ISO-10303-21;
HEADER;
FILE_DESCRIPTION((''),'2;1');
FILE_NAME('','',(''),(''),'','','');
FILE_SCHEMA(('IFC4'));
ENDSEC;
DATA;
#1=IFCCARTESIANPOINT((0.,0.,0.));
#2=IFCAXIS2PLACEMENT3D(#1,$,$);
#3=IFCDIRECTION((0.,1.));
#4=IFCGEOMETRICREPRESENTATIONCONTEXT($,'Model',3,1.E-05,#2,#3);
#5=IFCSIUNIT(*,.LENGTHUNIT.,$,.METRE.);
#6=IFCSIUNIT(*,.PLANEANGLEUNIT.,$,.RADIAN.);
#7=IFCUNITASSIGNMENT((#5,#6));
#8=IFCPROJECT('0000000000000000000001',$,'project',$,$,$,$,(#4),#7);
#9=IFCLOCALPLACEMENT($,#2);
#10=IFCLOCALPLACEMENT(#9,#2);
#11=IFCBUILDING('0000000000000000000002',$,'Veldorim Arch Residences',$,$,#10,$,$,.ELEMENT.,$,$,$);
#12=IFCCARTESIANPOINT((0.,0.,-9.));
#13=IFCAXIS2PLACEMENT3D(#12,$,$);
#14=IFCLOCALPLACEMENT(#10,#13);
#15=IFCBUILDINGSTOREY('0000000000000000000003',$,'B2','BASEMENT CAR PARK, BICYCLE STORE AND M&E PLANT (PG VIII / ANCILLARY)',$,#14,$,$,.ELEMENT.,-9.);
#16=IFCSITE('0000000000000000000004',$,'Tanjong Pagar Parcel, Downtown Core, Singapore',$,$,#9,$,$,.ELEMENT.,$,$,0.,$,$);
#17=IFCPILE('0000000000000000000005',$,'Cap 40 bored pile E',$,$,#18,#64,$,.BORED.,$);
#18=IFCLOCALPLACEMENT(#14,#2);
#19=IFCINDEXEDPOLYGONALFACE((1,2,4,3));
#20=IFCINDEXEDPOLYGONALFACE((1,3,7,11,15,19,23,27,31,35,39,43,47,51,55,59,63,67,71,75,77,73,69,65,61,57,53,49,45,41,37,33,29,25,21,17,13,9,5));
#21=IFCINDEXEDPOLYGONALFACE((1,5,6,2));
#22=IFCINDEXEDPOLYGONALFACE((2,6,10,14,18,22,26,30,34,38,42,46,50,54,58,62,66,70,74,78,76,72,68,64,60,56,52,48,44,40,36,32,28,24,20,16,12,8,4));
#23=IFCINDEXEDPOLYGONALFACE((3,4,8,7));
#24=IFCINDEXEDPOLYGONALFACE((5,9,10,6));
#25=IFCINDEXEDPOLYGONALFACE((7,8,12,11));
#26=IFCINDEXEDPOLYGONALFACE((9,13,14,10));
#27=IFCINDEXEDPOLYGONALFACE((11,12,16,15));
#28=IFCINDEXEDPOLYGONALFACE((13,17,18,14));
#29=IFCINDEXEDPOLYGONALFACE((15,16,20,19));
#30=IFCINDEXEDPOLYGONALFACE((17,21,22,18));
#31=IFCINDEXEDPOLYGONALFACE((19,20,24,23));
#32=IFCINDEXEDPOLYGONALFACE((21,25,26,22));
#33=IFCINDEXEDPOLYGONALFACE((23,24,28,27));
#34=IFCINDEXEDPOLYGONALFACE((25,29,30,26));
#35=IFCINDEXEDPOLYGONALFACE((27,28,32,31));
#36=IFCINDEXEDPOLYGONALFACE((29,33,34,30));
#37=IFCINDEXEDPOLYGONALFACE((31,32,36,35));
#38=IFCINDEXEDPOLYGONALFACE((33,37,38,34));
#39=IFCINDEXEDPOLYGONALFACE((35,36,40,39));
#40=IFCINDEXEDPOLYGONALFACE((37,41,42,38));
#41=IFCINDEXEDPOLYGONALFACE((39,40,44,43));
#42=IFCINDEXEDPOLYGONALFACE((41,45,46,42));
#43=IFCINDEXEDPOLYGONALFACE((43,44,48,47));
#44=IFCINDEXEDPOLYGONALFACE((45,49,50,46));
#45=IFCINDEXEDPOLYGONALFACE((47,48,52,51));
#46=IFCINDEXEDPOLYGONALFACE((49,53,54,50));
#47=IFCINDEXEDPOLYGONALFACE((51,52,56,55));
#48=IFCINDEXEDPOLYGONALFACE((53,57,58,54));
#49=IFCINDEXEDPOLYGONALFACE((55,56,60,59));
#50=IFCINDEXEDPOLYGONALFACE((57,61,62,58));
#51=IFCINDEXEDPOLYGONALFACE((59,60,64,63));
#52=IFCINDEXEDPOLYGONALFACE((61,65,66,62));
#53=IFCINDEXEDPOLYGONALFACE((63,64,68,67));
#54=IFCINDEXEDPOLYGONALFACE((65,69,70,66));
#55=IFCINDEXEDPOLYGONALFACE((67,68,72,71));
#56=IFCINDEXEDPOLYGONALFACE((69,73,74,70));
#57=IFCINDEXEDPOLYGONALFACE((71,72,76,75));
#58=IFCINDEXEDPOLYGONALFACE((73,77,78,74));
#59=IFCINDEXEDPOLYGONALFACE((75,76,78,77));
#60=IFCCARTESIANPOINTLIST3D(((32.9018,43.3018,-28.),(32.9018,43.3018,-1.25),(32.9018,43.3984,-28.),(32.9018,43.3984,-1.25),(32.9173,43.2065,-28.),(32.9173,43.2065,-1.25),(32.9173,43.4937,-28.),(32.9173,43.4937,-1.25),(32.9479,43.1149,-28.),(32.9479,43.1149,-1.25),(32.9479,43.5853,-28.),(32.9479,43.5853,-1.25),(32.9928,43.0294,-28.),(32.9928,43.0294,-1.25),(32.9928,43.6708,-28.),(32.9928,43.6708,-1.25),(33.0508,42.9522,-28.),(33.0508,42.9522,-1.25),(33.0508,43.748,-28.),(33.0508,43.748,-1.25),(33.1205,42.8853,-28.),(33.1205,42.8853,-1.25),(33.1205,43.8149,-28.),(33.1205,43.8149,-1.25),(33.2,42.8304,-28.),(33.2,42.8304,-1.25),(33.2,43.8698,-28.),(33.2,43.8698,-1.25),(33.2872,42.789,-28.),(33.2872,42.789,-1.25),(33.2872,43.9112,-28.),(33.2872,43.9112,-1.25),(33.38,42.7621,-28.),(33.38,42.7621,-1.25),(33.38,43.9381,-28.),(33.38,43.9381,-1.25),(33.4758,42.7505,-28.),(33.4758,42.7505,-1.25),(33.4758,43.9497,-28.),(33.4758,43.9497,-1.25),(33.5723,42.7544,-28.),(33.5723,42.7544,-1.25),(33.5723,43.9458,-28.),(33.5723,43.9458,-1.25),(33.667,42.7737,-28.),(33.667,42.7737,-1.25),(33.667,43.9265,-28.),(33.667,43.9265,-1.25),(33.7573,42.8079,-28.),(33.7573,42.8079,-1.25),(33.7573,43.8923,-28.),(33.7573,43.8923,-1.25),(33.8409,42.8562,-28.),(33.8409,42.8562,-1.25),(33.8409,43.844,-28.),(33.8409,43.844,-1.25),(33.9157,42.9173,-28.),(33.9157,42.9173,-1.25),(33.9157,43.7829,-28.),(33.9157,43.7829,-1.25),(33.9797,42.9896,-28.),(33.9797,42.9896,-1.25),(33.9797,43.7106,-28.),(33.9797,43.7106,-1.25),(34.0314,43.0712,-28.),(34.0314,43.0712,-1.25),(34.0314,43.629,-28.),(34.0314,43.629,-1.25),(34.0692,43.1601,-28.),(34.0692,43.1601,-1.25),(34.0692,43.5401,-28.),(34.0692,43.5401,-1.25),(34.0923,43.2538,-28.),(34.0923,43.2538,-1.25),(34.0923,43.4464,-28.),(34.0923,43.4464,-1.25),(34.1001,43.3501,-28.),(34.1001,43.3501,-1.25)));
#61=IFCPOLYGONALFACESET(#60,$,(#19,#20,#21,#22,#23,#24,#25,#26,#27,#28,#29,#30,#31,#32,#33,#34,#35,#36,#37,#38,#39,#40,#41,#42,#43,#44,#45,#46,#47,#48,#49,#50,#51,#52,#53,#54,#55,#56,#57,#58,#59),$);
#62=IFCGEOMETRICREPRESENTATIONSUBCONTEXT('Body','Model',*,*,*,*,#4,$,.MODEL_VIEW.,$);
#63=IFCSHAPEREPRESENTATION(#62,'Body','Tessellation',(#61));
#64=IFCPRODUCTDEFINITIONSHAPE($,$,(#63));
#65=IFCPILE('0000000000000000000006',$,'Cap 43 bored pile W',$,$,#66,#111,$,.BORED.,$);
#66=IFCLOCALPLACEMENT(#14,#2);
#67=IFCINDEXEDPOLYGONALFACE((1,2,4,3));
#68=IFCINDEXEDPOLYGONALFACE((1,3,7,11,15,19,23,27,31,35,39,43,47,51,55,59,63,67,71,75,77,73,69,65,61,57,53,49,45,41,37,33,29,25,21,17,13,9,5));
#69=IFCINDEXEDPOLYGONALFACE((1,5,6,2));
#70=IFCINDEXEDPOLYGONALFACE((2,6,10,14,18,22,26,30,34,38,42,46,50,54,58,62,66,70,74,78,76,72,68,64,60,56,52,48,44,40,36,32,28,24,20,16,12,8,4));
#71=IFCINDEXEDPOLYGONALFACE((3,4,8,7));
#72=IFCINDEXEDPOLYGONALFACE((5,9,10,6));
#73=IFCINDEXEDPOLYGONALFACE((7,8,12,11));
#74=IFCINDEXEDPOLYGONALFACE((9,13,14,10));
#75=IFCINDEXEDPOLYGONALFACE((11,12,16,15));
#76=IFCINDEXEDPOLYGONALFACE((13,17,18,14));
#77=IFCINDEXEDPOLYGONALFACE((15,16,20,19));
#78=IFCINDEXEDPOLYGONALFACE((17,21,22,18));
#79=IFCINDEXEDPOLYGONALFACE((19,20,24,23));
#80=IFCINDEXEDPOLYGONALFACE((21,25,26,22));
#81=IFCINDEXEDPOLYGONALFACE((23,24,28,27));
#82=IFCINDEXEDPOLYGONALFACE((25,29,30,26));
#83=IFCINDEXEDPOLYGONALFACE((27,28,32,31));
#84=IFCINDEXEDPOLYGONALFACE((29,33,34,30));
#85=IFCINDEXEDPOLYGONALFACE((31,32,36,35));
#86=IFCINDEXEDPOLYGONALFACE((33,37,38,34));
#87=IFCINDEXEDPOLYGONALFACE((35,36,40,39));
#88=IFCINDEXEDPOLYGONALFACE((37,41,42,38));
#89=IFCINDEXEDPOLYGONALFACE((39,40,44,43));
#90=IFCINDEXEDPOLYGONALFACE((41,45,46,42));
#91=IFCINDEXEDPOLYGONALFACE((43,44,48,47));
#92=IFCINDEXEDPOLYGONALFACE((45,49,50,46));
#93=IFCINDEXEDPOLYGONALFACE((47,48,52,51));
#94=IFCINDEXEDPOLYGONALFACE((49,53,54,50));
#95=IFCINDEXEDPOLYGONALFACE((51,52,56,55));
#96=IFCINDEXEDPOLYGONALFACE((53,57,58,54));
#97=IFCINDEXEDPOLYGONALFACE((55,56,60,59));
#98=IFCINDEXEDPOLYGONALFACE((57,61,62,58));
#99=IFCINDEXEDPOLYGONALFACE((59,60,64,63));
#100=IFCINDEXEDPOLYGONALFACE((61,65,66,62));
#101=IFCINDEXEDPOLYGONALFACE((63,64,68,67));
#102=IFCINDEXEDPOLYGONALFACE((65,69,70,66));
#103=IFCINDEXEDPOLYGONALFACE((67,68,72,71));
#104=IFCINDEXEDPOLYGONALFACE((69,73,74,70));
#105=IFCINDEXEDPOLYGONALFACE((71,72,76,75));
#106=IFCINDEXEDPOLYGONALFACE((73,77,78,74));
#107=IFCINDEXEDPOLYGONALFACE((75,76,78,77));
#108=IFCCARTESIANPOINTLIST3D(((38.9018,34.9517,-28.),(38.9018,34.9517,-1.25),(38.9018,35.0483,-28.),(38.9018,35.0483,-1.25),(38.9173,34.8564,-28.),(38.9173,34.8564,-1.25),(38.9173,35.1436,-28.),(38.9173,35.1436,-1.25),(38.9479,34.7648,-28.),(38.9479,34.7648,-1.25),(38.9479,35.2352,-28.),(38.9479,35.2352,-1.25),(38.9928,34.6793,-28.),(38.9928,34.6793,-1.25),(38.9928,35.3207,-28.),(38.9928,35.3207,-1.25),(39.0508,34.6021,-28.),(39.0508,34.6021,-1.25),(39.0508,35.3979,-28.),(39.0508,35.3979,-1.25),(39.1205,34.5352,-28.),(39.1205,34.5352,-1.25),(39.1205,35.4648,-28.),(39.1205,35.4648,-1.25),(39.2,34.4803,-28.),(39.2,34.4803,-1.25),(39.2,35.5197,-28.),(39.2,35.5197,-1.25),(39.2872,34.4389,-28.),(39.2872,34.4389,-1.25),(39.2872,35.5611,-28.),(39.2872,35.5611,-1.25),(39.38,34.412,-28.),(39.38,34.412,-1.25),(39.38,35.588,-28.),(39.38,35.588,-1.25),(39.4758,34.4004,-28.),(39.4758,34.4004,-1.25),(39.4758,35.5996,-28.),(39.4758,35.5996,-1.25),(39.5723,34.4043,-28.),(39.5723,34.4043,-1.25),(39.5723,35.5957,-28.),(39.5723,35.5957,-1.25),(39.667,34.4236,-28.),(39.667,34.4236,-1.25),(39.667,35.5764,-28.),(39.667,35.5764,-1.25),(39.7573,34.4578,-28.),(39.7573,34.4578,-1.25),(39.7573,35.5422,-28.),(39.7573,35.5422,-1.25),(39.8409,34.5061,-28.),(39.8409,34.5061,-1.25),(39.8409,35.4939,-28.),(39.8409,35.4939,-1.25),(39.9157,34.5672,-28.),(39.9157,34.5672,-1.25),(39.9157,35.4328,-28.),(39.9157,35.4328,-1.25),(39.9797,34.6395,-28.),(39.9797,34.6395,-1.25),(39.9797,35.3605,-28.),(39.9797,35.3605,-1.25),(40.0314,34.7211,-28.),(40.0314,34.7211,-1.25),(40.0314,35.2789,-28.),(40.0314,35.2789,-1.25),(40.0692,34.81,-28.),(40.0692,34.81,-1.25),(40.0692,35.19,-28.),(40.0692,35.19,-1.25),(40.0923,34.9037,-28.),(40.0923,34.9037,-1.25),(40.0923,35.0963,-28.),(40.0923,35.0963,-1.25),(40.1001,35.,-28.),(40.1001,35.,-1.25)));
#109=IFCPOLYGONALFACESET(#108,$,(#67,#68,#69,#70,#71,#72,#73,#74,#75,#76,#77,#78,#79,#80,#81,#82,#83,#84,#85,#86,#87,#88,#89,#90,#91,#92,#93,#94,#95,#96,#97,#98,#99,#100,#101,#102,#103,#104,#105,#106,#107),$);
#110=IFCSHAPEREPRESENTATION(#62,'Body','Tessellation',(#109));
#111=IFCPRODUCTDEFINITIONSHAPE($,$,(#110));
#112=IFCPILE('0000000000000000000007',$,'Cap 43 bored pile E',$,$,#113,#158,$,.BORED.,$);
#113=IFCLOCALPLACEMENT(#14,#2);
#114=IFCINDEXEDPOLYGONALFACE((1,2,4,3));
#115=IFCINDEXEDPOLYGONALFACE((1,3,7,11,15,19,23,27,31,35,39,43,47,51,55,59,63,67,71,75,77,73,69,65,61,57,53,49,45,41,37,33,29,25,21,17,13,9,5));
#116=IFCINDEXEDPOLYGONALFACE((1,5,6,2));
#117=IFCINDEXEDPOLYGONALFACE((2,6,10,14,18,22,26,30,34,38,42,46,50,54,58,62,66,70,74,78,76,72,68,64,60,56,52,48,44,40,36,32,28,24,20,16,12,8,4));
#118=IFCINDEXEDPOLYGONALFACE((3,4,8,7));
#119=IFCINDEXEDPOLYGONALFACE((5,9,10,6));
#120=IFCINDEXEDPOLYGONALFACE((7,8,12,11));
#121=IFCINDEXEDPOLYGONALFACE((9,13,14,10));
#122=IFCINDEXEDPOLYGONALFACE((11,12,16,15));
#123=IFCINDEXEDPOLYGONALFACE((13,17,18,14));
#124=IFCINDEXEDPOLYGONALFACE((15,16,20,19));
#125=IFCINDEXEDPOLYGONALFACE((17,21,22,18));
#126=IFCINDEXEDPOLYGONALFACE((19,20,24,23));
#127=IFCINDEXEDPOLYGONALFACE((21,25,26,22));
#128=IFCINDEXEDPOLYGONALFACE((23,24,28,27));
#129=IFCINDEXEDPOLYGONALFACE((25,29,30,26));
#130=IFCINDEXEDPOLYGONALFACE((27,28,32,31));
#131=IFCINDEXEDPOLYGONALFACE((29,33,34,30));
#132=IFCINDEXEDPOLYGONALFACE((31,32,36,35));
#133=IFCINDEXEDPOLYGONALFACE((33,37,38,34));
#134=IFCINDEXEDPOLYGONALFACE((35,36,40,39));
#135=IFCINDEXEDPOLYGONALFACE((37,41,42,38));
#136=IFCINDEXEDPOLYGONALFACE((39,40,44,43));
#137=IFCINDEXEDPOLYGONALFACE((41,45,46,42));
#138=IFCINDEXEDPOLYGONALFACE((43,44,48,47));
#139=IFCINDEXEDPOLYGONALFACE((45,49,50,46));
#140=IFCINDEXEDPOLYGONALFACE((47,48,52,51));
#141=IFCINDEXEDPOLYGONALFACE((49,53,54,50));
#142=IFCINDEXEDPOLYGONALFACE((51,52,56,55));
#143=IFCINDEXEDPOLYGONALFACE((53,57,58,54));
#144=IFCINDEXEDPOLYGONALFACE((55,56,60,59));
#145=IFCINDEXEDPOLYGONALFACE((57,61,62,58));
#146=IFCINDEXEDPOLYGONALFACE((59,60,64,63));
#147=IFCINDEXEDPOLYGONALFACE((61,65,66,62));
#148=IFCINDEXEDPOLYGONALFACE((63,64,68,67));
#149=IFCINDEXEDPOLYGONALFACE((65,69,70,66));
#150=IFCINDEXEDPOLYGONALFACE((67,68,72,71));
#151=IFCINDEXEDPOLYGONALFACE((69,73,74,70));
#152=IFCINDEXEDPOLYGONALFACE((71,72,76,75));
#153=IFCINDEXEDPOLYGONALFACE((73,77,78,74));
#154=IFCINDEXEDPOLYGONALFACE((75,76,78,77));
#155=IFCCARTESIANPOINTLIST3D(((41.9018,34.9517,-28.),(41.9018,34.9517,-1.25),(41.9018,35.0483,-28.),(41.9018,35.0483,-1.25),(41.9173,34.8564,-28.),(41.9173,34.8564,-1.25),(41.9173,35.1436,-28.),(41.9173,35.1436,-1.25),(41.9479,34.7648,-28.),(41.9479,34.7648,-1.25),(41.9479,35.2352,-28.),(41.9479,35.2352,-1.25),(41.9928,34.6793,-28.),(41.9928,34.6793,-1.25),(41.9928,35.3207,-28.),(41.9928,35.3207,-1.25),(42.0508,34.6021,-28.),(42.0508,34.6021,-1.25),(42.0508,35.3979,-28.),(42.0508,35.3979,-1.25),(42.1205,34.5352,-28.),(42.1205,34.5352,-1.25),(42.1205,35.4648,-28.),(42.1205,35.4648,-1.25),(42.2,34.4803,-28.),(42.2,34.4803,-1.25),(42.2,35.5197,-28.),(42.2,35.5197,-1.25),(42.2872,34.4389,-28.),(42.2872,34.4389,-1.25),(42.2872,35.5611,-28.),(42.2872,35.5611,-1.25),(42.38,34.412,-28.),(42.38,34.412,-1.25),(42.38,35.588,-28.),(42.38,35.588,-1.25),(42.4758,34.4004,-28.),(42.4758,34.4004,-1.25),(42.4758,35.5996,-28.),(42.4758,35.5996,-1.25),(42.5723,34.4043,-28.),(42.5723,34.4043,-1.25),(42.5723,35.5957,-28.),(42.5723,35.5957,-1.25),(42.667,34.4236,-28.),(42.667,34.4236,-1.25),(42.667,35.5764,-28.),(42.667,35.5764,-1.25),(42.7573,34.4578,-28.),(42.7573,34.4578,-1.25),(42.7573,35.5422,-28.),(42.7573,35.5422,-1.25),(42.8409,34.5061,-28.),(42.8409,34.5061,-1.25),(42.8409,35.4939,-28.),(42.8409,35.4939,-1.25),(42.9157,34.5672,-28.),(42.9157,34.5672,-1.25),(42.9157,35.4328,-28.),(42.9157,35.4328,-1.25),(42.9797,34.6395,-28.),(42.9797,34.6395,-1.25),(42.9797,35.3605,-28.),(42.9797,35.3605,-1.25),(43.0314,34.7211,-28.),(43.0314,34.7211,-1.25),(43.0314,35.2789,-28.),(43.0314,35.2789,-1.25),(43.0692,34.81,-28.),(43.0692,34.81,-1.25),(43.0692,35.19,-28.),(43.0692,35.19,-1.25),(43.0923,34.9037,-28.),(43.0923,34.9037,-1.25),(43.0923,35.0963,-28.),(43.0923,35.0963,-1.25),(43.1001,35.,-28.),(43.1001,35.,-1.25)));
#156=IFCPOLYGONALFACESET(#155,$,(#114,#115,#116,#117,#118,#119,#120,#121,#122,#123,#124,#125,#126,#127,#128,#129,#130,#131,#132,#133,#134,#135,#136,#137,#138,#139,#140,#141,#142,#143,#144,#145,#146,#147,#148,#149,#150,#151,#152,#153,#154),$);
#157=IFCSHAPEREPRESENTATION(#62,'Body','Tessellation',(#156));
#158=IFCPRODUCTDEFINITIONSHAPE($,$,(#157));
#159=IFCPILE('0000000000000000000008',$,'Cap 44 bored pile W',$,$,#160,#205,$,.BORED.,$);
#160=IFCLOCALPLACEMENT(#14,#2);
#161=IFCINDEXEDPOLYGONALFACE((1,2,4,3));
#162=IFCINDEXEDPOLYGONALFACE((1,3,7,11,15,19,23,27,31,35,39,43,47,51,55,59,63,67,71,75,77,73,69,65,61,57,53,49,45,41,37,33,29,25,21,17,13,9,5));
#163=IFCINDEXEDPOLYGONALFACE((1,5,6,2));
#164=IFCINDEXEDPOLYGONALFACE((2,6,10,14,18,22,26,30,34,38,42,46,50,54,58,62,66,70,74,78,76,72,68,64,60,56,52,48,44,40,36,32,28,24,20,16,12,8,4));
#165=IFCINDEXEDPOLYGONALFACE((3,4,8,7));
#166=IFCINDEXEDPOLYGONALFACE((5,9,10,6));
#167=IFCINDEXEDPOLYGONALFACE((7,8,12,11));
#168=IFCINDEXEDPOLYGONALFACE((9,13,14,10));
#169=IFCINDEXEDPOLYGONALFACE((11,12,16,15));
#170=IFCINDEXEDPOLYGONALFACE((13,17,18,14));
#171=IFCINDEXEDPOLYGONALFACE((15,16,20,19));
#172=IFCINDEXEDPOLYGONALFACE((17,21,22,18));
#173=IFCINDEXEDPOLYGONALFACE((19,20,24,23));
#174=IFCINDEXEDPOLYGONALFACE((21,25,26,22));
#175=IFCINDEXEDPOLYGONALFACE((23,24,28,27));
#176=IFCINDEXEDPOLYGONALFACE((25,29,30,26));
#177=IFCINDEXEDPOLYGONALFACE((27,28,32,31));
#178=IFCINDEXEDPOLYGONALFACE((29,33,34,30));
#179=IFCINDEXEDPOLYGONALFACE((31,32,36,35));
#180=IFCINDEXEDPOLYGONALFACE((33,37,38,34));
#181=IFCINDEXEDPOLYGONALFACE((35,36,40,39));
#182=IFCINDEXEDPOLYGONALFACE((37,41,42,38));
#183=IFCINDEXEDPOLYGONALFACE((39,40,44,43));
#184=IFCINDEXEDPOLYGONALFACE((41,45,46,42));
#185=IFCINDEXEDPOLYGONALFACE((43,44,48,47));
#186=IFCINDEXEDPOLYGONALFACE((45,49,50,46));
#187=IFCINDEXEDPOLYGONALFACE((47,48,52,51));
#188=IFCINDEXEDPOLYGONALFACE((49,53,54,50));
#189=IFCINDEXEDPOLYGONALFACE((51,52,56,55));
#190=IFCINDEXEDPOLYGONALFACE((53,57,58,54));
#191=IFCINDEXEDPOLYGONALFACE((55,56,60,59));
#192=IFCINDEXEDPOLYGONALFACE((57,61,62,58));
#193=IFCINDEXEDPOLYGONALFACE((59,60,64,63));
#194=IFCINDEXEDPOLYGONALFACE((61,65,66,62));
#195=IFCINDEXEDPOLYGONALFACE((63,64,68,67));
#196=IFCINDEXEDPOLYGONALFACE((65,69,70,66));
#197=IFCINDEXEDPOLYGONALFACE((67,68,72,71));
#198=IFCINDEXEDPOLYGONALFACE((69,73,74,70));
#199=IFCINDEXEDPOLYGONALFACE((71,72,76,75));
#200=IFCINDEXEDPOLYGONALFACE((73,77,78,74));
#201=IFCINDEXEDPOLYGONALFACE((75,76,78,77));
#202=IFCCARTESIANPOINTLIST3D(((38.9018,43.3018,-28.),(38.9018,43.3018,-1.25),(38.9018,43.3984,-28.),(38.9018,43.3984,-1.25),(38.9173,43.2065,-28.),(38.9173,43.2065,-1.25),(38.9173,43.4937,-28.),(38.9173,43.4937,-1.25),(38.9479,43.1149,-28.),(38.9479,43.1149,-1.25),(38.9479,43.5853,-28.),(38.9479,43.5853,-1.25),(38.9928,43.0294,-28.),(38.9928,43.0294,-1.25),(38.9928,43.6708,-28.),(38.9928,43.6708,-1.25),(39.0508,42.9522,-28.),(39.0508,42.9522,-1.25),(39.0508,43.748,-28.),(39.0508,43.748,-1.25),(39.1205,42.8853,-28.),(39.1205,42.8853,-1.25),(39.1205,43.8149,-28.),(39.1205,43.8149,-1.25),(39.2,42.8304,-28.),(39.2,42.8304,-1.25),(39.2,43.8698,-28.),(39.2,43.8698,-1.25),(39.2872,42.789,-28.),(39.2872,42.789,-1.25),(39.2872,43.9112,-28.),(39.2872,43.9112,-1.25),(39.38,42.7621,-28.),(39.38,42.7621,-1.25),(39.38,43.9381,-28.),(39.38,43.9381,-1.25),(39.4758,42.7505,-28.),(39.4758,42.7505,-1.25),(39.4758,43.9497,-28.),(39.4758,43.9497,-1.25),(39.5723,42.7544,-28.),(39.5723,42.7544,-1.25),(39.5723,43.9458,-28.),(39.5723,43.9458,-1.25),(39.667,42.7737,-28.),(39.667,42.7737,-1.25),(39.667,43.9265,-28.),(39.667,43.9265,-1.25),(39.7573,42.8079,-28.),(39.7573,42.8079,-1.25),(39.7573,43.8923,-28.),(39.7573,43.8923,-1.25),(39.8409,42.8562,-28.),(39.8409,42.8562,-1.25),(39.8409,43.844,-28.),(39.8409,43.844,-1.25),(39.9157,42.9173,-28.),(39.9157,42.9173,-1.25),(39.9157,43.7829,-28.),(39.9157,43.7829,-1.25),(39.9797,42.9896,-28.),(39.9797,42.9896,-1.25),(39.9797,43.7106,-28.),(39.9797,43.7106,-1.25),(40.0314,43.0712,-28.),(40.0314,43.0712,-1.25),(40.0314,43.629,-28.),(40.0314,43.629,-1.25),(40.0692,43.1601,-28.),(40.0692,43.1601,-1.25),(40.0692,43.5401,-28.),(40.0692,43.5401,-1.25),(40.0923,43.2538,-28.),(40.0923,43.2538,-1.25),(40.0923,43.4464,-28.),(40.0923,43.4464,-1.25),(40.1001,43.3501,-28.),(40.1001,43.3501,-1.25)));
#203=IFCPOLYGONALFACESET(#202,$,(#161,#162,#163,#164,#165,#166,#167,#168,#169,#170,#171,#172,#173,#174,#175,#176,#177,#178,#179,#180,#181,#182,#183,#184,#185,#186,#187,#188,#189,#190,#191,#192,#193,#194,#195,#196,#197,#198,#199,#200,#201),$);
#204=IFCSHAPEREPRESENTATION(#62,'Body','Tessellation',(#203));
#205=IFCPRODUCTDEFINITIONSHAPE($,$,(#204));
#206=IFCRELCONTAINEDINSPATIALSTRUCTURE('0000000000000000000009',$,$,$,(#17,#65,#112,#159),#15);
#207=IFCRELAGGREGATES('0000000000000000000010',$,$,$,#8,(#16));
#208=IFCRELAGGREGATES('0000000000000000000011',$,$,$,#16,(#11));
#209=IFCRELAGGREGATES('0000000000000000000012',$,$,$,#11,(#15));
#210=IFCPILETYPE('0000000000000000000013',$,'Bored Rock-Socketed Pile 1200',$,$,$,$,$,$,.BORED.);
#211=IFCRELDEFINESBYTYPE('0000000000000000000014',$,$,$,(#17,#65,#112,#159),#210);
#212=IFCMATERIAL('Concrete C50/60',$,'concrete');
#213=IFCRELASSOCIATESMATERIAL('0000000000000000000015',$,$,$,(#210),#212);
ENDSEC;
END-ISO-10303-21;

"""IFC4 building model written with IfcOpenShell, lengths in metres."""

from ifc_helpers import new_model, si_unit, direction, frame, origin, origin_2d, place, context, subcontext, project, spatial, circle, extrude, material, material_profile, profile_set, type_object, element, save


model = new_model("IFC4")

# Units and contexts
model_context = context("Model", 3, precision=1e-05, world=origin(), true_north=direction((0.0, 1.0)))
body_context = subcontext(model_context, "Body", "Model", "MODEL_VIEW")
ifc_project = project(units=[si_unit("LENGTHUNIT", "METRE"), si_unit("PLANEANGLEUNIT", "RADIAN")], contexts=[model_context])

# Site, building, storey
site_placement = place(None, origin())
site = spatial("IfcSite", under=ifc_project, at=site_placement, Name="Tanjong Pagar Parcel, Downtown Core, Singapore", CompositionType="ELEMENT", RefElevation=0.0)
building_placement = place(site_placement, origin())
building = spatial("IfcBuilding", under=site, at=building_placement, Name="Veldorim Arch Residences", CompositionType="ELEMENT")
storey_placement = place(building_placement, frame((0.0, 0.0, -9.0)))
storey = spatial("IfcBuildingStorey", under=building, at=storey_placement, Name="B2", Description="BASEMENT CAR PARK, BICYCLE STORE AND M&E PLANT (PG VIII / ANCILLARY)", CompositionType="ELEMENT", Elevation=-9.0)

# Piles
ifc_material_1 = material(Name="Concrete C50/60", Category="concrete")
ifc_material_profile_1 = material_profile(ifc_material_1, circle(Radius=0.6001, at=origin_2d()), Name="PILE_1200")
ifc_profile_set_1 = profile_set([ifc_material_profile_1], Name="Concrete C50/60")
pile_type_1 = type_object("IfcPileType", Name="Bored Rock-Socketed Pile 1200", PredefinedType="BORED", material=ifc_profile_set_1)
for number, where, z_axis, x_axis, name in (
    (1, (33.5, 43.3501, -1.25), (0.0, 0.0, -1.0), (1.0, 0.0, 0.0), "Cap 40 bored pile E"),
    (2, (39.5, 35.0, -1.25), (0.0, 0.0, -1.0), (1.0, 0.0, 0.0), "Cap 43 bored pile W"),
    (3, (42.5, 35.0, -1.25), (0.0, 0.0, -1.0), (1.0, 0.0, 0.0), "Cap 43 bored pile E"),
    (4, (39.5, 43.3501, -1.25), (0.0, 0.0, -1.0), (1.0, 0.0, 0.0), "Cap 44 bored pile W"),
):
    element("IfcPile", number, at=place(storey_placement, frame(where, z_axis=z_axis, x_axis=x_axis)), inside=storey, type_object=pile_type_1, Name=name, PredefinedType="BORED", context=body_context, shape_type="SweptSolid", body=[
        extrude(circle(Radius=0.6001, at=origin_2d()), origin(), (0.0, 0.0, 1.0), 26.75),
    ])

save(model, "model.ifc")
